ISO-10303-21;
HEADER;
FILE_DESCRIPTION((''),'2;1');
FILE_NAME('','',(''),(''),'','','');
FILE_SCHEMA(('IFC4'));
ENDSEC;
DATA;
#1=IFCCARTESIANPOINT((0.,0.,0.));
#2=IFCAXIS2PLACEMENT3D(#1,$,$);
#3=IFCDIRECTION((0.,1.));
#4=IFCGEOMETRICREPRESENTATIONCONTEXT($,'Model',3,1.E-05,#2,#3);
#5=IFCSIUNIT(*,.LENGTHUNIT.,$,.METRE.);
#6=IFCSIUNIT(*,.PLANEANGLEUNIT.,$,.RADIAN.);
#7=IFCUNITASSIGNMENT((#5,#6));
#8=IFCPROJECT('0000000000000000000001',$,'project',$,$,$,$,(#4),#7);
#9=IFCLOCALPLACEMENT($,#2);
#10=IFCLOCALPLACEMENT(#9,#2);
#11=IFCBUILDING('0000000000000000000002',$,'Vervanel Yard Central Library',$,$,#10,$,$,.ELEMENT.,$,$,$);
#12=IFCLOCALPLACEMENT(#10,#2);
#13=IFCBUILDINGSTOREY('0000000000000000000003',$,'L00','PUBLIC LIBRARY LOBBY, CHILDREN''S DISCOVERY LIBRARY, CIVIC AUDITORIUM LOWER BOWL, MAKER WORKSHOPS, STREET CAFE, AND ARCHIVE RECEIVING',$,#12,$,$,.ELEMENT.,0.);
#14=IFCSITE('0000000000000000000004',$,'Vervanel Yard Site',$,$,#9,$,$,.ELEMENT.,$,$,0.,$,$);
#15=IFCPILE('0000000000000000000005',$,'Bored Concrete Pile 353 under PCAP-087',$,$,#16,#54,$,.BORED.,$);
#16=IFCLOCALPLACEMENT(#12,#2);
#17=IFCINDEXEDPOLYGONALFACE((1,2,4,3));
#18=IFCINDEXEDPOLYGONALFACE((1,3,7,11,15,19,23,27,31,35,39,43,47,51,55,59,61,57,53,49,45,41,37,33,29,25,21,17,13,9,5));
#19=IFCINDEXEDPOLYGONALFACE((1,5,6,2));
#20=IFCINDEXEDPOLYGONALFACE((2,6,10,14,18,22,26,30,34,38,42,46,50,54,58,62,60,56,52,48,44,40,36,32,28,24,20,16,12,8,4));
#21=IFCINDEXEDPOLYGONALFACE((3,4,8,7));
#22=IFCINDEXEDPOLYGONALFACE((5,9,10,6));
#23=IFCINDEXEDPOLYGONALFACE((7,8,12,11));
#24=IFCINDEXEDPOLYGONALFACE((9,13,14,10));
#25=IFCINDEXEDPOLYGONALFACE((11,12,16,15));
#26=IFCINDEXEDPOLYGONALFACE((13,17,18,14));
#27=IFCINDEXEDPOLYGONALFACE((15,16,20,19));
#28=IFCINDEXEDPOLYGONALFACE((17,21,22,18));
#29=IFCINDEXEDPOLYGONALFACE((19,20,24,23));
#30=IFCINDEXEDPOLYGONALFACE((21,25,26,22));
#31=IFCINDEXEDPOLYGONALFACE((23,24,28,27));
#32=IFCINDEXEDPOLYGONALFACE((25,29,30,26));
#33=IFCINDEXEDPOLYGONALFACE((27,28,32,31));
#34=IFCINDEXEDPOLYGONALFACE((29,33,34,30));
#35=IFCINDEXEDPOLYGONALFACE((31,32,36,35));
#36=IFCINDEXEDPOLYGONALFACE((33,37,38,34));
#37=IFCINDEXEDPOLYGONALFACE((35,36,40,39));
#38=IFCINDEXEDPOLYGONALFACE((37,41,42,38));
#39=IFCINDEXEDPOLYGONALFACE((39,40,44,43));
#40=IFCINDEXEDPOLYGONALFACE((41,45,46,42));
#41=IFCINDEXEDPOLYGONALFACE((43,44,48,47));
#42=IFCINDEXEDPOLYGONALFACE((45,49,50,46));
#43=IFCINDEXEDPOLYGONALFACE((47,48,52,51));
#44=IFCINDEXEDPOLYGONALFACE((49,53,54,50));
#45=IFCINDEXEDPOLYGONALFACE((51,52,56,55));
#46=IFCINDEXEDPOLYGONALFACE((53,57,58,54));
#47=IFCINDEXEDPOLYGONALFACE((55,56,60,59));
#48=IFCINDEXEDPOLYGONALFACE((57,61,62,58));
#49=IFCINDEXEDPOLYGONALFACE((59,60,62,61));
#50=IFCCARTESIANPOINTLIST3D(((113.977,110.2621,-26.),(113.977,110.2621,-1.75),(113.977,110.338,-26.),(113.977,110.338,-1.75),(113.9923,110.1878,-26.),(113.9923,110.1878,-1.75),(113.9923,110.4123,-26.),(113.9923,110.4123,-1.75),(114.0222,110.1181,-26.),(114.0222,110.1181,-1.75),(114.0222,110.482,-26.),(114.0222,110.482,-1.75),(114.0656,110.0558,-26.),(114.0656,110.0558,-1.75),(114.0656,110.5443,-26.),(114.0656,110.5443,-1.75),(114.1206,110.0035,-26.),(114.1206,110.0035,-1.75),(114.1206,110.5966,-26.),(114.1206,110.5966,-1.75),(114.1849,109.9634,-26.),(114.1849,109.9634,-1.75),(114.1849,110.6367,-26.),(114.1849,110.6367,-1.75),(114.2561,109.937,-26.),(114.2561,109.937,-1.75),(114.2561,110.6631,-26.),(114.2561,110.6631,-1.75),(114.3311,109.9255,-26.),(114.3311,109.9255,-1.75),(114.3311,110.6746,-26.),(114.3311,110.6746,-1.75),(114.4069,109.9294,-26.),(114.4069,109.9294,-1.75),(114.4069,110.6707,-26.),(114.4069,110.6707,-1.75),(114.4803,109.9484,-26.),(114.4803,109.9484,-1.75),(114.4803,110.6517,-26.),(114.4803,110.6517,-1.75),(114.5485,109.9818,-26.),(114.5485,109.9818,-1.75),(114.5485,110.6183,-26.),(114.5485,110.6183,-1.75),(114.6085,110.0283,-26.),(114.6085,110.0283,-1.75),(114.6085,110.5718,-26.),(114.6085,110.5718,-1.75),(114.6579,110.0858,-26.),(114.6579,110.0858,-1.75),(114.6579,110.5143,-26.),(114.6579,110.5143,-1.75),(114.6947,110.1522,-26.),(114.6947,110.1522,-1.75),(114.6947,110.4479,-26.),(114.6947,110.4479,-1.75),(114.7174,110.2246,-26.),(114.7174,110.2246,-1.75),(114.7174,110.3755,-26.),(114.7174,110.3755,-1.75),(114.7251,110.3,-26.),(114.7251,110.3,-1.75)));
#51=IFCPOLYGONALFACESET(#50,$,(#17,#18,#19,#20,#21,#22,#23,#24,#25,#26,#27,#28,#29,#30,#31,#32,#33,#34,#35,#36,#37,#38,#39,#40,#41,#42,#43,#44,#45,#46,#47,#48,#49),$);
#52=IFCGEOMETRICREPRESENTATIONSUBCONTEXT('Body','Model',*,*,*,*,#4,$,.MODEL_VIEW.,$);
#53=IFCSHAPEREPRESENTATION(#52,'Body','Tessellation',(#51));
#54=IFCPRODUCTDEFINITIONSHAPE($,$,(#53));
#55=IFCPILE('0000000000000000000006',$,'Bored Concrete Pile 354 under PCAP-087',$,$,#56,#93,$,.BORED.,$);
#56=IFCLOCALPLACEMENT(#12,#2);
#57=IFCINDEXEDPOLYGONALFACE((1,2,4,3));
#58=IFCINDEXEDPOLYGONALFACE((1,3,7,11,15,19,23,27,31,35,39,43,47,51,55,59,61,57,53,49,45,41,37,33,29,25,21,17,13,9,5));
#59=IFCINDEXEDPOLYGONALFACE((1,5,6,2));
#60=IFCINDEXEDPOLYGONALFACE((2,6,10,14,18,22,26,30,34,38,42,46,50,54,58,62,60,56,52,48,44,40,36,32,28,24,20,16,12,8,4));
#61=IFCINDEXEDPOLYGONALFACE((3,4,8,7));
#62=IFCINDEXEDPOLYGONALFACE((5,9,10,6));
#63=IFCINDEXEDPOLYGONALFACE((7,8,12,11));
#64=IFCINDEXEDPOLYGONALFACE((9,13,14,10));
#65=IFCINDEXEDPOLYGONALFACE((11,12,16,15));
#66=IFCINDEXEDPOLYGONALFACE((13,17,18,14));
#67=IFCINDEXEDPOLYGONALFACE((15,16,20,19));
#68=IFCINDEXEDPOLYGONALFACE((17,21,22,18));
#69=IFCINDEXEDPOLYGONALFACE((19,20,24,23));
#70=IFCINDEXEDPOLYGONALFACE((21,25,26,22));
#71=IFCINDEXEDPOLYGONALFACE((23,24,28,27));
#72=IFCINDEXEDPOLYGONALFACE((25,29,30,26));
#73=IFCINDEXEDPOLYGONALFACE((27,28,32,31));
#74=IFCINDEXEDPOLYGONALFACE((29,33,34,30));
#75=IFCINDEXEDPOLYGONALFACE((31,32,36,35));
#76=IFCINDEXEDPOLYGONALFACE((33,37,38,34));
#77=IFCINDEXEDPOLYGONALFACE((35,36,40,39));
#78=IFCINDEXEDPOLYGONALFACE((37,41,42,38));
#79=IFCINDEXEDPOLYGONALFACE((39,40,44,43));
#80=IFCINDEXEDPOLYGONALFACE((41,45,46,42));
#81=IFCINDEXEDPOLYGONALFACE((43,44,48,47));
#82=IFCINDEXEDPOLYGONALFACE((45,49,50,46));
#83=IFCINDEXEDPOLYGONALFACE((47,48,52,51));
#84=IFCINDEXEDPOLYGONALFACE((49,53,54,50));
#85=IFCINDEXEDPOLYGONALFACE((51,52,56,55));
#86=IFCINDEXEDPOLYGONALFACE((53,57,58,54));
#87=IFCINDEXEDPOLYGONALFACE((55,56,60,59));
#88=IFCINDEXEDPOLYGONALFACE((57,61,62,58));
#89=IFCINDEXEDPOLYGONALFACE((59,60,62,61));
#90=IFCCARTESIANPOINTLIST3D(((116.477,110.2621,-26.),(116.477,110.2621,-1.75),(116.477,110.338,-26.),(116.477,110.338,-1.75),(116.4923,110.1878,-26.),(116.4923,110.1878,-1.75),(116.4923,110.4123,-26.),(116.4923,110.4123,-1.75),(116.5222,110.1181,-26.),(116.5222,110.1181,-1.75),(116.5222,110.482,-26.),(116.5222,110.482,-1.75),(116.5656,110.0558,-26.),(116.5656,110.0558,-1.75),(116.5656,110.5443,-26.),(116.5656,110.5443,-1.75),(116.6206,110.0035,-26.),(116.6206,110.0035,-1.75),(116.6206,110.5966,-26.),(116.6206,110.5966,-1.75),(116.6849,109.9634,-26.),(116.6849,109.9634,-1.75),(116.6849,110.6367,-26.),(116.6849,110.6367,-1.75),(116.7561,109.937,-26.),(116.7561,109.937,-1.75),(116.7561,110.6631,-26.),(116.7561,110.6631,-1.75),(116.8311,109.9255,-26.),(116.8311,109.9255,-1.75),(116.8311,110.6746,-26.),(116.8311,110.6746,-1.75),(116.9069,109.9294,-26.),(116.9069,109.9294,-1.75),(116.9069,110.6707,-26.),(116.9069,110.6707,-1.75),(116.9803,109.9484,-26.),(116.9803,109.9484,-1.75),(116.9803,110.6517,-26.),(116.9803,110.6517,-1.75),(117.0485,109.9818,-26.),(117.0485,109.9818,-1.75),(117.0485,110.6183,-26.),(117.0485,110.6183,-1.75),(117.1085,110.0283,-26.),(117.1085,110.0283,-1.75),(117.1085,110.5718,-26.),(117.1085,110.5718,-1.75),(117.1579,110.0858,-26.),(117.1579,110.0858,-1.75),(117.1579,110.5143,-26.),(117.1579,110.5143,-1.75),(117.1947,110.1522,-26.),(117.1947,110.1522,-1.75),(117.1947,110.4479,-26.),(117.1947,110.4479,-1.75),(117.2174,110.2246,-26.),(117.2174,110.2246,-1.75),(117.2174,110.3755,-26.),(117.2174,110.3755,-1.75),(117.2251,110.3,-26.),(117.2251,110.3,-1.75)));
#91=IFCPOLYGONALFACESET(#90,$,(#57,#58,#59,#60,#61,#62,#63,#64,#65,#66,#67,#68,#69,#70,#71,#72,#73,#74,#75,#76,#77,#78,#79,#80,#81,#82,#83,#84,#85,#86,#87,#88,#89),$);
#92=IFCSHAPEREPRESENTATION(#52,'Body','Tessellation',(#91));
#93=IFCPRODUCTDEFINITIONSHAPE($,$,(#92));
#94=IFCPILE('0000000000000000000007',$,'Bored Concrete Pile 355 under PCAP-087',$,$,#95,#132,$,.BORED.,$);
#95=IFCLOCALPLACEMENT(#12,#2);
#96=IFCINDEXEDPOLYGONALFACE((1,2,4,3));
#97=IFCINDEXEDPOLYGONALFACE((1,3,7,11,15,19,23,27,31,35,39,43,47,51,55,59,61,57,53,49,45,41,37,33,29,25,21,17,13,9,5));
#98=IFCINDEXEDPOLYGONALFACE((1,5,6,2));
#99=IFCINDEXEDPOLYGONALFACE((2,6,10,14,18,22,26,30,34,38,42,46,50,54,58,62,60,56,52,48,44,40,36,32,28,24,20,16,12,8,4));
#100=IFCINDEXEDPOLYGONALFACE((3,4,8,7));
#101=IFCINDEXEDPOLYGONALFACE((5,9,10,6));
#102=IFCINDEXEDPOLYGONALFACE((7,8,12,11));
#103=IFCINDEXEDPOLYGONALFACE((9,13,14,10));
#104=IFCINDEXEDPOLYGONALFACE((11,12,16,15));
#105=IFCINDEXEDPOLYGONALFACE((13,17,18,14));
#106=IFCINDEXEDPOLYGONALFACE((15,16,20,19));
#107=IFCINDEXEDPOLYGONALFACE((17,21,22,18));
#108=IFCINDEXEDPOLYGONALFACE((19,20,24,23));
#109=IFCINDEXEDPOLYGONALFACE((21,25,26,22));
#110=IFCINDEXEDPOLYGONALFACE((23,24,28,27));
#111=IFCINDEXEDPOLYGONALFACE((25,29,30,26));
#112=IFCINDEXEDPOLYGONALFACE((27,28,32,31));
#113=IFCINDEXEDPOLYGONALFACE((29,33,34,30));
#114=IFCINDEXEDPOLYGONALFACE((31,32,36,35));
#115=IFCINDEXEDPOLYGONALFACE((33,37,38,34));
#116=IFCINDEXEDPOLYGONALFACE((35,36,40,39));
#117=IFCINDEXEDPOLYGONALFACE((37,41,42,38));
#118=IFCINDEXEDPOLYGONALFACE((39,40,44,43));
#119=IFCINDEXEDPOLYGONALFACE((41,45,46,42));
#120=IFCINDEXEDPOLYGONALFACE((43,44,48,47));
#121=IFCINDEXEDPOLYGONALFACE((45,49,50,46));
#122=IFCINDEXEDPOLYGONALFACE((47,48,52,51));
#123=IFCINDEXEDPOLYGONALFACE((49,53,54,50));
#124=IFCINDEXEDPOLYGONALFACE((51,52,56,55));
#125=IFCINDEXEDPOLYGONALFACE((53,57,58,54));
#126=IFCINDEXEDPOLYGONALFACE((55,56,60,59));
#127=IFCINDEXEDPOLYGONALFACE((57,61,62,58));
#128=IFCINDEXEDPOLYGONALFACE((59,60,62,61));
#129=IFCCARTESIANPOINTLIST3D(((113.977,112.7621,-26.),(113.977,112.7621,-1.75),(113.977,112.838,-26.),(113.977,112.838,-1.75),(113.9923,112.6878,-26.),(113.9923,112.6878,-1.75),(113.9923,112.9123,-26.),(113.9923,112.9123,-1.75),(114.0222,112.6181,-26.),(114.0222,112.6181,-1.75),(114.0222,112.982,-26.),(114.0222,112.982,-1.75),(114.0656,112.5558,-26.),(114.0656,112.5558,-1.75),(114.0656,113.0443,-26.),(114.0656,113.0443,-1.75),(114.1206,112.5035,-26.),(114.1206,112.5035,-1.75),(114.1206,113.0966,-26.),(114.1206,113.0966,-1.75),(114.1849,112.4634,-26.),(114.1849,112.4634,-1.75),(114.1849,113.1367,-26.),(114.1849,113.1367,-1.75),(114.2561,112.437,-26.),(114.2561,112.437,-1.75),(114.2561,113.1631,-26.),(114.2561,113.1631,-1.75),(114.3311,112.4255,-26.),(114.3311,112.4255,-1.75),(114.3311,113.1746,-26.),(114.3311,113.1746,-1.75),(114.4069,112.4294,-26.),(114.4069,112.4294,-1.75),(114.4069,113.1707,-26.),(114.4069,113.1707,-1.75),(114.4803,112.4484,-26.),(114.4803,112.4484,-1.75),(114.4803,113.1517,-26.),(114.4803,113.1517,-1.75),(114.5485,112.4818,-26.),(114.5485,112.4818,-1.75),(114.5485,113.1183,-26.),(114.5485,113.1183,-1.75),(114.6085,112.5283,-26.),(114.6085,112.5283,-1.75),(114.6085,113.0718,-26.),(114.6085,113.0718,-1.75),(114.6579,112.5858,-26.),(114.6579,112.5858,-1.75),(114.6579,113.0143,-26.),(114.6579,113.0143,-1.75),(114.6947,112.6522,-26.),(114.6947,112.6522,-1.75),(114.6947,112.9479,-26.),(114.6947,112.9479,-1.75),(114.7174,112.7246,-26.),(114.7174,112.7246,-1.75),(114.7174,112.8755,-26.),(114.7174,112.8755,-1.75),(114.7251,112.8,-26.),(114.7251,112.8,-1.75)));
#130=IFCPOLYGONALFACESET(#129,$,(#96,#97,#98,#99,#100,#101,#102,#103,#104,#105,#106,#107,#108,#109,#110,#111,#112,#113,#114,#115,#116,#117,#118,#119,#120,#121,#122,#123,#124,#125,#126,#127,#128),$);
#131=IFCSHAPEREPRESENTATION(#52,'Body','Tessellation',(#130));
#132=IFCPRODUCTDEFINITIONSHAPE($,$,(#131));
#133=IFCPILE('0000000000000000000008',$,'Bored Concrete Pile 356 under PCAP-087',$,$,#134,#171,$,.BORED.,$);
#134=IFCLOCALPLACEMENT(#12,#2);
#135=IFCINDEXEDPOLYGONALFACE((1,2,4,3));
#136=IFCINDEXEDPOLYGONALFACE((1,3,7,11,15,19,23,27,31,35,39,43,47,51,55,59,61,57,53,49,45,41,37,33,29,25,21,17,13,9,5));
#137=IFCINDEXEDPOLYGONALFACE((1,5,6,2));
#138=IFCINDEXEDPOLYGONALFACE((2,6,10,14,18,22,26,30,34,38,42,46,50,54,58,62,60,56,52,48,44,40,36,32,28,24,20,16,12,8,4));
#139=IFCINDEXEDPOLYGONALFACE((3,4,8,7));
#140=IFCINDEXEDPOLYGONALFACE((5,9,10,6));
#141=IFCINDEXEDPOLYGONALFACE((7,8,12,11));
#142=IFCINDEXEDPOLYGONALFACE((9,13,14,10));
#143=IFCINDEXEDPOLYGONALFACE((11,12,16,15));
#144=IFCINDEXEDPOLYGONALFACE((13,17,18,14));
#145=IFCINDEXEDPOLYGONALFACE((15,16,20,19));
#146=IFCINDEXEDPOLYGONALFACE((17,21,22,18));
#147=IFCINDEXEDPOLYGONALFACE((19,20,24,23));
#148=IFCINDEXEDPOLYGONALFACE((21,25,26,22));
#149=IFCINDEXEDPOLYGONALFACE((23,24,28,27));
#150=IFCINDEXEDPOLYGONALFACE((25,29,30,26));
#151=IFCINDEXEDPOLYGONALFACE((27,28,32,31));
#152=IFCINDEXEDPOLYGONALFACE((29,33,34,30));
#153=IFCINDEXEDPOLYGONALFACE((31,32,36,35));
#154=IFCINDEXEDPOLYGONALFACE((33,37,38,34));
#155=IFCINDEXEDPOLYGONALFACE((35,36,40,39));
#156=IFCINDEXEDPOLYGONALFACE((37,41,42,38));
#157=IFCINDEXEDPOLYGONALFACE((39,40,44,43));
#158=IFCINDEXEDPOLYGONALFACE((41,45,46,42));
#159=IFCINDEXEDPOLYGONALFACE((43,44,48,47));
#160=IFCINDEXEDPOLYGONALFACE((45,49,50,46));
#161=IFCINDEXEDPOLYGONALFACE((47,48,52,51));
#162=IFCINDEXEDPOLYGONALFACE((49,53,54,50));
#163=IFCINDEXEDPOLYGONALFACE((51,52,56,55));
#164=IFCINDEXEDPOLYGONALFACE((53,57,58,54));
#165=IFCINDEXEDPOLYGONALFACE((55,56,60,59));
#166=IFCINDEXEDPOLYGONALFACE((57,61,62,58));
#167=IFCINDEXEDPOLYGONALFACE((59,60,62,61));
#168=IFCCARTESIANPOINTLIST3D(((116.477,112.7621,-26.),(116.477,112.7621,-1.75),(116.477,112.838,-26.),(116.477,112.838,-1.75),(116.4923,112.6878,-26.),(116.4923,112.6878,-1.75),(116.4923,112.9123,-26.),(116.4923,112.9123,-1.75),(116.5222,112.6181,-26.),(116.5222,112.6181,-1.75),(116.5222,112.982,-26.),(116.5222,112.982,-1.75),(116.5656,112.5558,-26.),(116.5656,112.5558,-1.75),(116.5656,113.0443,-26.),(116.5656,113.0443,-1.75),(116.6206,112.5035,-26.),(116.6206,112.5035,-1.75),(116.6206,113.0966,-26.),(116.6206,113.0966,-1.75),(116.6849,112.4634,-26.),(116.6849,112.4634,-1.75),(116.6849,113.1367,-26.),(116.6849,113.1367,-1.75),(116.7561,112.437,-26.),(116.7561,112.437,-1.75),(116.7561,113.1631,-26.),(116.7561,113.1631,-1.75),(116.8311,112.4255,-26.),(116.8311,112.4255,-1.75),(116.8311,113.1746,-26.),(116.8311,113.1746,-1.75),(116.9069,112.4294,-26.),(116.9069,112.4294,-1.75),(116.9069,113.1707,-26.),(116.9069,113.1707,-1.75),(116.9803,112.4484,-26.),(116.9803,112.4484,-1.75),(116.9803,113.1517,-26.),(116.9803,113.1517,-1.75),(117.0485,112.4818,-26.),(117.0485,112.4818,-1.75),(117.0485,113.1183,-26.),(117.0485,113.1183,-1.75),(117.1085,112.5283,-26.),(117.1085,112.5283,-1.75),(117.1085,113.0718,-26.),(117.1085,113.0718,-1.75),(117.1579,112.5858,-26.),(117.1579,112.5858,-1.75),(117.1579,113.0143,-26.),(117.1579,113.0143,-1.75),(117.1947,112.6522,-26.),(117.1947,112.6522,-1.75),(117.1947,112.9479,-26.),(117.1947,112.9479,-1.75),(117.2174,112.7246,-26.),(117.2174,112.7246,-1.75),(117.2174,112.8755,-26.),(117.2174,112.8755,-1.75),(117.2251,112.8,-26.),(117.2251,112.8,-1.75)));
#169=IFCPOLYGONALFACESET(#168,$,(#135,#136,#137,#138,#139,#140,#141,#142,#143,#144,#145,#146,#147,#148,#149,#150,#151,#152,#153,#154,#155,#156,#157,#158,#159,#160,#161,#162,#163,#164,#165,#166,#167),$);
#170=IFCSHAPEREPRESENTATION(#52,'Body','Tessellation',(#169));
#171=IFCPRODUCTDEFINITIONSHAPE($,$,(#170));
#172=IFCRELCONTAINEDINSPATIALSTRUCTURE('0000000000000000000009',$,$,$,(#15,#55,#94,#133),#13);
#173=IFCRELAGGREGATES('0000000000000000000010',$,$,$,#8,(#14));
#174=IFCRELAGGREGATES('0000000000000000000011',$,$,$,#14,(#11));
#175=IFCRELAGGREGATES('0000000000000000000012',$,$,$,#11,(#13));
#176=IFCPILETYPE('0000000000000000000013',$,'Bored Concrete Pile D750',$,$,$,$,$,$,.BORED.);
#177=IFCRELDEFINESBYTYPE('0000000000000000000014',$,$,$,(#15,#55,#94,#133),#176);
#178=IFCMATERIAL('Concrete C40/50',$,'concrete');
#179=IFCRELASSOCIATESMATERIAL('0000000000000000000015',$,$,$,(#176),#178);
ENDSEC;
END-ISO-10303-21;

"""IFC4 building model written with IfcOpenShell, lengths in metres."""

from ifc_helpers import new_model, si_unit, direction, frame, origin, origin_2d, place, context, subcontext, project, spatial, circle, extrude, material, material_profile, profile_set, type_object, element, save


model = new_model("IFC4")

# Units and contexts
model_context = context("Model", 3, precision=1e-05, world=origin(), true_north=direction((0.0, 1.0)))
body_context = subcontext(model_context, "Body", "Model", "MODEL_VIEW")
ifc_project = project(units=[si_unit("LENGTHUNIT", "METRE"), si_unit("PLANEANGLEUNIT", "RADIAN")], contexts=[model_context])

# Site, building, storey
site_placement = place(None, origin())
site = spatial("IfcSite", under=ifc_project, at=site_placement, Name="Vervanel Yard Site", CompositionType="ELEMENT", RefElevation=0.0)
building_placement = place(site_placement, origin())
building = spatial("IfcBuilding", under=site, at=building_placement, Name="Vervanel Yard Central Library", CompositionType="ELEMENT")
storey_placement = place(building_placement, origin())
storey = spatial("IfcBuildingStorey", under=building, at=storey_placement, Name="L00", Description="PUBLIC LIBRARY LOBBY, CHILDREN'S DISCOVERY LIBRARY, CIVIC AUDITORIUM LOWER BOWL, MAKER WORKSHOPS, STREET CAFE, AND ARCHIVE RECEIVING", CompositionType="ELEMENT", Elevation=0.0)

# Piles
ifc_material_1 = material(Name="Concrete C40/50", Category="concrete")
ifc_material_profile_1 = material_profile(ifc_material_1, circle(Radius=0.375, at=origin_2d()), Name="BP D750", Category="concrete")
ifc_profile_set_1 = profile_set([ifc_material_profile_1], Name="Concrete C40/50")
pile_type_1 = type_object("IfcPileType", Name="Bored Concrete Pile D750", PredefinedType="BORED", material=ifc_profile_set_1)
for number, where, z_axis, x_axis, name in (
    (1, (114.3501, 110.3, -1.75), (0.0, 0.0, -1.0), (1.0, 0.0, 0.0), "Bored Concrete Pile 353 under PCAP-087"),
    (2, (116.8501, 110.3, -1.75), (0.0, 0.0, -1.0), (1.0, 0.0, 0.0), "Bored Concrete Pile 354 under PCAP-087"),
    (3, (114.3501, 112.8, -1.75), (0.0, 0.0, -1.0), (1.0, 0.0, 0.0), "Bored Concrete Pile 355 under PCAP-087"),
    (4, (116.8501, 112.8, -1.75), (0.0, 0.0, -1.0), (1.0, 0.0, 0.0), "Bored Concrete Pile 356 under PCAP-087"),
):
    element("IfcPile", number, at=place(storey_placement, frame(where, z_axis=z_axis, x_axis=x_axis)), inside=storey, type_object=pile_type_1, Name=name, PredefinedType="BORED", context=body_context, shape_type="SweptSolid", body=[
        extrude(circle(Radius=0.375, at=origin_2d()), origin(), (0.0, 0.0, 1.0), 24.25),
    ])

save(model, "model.ifc")
